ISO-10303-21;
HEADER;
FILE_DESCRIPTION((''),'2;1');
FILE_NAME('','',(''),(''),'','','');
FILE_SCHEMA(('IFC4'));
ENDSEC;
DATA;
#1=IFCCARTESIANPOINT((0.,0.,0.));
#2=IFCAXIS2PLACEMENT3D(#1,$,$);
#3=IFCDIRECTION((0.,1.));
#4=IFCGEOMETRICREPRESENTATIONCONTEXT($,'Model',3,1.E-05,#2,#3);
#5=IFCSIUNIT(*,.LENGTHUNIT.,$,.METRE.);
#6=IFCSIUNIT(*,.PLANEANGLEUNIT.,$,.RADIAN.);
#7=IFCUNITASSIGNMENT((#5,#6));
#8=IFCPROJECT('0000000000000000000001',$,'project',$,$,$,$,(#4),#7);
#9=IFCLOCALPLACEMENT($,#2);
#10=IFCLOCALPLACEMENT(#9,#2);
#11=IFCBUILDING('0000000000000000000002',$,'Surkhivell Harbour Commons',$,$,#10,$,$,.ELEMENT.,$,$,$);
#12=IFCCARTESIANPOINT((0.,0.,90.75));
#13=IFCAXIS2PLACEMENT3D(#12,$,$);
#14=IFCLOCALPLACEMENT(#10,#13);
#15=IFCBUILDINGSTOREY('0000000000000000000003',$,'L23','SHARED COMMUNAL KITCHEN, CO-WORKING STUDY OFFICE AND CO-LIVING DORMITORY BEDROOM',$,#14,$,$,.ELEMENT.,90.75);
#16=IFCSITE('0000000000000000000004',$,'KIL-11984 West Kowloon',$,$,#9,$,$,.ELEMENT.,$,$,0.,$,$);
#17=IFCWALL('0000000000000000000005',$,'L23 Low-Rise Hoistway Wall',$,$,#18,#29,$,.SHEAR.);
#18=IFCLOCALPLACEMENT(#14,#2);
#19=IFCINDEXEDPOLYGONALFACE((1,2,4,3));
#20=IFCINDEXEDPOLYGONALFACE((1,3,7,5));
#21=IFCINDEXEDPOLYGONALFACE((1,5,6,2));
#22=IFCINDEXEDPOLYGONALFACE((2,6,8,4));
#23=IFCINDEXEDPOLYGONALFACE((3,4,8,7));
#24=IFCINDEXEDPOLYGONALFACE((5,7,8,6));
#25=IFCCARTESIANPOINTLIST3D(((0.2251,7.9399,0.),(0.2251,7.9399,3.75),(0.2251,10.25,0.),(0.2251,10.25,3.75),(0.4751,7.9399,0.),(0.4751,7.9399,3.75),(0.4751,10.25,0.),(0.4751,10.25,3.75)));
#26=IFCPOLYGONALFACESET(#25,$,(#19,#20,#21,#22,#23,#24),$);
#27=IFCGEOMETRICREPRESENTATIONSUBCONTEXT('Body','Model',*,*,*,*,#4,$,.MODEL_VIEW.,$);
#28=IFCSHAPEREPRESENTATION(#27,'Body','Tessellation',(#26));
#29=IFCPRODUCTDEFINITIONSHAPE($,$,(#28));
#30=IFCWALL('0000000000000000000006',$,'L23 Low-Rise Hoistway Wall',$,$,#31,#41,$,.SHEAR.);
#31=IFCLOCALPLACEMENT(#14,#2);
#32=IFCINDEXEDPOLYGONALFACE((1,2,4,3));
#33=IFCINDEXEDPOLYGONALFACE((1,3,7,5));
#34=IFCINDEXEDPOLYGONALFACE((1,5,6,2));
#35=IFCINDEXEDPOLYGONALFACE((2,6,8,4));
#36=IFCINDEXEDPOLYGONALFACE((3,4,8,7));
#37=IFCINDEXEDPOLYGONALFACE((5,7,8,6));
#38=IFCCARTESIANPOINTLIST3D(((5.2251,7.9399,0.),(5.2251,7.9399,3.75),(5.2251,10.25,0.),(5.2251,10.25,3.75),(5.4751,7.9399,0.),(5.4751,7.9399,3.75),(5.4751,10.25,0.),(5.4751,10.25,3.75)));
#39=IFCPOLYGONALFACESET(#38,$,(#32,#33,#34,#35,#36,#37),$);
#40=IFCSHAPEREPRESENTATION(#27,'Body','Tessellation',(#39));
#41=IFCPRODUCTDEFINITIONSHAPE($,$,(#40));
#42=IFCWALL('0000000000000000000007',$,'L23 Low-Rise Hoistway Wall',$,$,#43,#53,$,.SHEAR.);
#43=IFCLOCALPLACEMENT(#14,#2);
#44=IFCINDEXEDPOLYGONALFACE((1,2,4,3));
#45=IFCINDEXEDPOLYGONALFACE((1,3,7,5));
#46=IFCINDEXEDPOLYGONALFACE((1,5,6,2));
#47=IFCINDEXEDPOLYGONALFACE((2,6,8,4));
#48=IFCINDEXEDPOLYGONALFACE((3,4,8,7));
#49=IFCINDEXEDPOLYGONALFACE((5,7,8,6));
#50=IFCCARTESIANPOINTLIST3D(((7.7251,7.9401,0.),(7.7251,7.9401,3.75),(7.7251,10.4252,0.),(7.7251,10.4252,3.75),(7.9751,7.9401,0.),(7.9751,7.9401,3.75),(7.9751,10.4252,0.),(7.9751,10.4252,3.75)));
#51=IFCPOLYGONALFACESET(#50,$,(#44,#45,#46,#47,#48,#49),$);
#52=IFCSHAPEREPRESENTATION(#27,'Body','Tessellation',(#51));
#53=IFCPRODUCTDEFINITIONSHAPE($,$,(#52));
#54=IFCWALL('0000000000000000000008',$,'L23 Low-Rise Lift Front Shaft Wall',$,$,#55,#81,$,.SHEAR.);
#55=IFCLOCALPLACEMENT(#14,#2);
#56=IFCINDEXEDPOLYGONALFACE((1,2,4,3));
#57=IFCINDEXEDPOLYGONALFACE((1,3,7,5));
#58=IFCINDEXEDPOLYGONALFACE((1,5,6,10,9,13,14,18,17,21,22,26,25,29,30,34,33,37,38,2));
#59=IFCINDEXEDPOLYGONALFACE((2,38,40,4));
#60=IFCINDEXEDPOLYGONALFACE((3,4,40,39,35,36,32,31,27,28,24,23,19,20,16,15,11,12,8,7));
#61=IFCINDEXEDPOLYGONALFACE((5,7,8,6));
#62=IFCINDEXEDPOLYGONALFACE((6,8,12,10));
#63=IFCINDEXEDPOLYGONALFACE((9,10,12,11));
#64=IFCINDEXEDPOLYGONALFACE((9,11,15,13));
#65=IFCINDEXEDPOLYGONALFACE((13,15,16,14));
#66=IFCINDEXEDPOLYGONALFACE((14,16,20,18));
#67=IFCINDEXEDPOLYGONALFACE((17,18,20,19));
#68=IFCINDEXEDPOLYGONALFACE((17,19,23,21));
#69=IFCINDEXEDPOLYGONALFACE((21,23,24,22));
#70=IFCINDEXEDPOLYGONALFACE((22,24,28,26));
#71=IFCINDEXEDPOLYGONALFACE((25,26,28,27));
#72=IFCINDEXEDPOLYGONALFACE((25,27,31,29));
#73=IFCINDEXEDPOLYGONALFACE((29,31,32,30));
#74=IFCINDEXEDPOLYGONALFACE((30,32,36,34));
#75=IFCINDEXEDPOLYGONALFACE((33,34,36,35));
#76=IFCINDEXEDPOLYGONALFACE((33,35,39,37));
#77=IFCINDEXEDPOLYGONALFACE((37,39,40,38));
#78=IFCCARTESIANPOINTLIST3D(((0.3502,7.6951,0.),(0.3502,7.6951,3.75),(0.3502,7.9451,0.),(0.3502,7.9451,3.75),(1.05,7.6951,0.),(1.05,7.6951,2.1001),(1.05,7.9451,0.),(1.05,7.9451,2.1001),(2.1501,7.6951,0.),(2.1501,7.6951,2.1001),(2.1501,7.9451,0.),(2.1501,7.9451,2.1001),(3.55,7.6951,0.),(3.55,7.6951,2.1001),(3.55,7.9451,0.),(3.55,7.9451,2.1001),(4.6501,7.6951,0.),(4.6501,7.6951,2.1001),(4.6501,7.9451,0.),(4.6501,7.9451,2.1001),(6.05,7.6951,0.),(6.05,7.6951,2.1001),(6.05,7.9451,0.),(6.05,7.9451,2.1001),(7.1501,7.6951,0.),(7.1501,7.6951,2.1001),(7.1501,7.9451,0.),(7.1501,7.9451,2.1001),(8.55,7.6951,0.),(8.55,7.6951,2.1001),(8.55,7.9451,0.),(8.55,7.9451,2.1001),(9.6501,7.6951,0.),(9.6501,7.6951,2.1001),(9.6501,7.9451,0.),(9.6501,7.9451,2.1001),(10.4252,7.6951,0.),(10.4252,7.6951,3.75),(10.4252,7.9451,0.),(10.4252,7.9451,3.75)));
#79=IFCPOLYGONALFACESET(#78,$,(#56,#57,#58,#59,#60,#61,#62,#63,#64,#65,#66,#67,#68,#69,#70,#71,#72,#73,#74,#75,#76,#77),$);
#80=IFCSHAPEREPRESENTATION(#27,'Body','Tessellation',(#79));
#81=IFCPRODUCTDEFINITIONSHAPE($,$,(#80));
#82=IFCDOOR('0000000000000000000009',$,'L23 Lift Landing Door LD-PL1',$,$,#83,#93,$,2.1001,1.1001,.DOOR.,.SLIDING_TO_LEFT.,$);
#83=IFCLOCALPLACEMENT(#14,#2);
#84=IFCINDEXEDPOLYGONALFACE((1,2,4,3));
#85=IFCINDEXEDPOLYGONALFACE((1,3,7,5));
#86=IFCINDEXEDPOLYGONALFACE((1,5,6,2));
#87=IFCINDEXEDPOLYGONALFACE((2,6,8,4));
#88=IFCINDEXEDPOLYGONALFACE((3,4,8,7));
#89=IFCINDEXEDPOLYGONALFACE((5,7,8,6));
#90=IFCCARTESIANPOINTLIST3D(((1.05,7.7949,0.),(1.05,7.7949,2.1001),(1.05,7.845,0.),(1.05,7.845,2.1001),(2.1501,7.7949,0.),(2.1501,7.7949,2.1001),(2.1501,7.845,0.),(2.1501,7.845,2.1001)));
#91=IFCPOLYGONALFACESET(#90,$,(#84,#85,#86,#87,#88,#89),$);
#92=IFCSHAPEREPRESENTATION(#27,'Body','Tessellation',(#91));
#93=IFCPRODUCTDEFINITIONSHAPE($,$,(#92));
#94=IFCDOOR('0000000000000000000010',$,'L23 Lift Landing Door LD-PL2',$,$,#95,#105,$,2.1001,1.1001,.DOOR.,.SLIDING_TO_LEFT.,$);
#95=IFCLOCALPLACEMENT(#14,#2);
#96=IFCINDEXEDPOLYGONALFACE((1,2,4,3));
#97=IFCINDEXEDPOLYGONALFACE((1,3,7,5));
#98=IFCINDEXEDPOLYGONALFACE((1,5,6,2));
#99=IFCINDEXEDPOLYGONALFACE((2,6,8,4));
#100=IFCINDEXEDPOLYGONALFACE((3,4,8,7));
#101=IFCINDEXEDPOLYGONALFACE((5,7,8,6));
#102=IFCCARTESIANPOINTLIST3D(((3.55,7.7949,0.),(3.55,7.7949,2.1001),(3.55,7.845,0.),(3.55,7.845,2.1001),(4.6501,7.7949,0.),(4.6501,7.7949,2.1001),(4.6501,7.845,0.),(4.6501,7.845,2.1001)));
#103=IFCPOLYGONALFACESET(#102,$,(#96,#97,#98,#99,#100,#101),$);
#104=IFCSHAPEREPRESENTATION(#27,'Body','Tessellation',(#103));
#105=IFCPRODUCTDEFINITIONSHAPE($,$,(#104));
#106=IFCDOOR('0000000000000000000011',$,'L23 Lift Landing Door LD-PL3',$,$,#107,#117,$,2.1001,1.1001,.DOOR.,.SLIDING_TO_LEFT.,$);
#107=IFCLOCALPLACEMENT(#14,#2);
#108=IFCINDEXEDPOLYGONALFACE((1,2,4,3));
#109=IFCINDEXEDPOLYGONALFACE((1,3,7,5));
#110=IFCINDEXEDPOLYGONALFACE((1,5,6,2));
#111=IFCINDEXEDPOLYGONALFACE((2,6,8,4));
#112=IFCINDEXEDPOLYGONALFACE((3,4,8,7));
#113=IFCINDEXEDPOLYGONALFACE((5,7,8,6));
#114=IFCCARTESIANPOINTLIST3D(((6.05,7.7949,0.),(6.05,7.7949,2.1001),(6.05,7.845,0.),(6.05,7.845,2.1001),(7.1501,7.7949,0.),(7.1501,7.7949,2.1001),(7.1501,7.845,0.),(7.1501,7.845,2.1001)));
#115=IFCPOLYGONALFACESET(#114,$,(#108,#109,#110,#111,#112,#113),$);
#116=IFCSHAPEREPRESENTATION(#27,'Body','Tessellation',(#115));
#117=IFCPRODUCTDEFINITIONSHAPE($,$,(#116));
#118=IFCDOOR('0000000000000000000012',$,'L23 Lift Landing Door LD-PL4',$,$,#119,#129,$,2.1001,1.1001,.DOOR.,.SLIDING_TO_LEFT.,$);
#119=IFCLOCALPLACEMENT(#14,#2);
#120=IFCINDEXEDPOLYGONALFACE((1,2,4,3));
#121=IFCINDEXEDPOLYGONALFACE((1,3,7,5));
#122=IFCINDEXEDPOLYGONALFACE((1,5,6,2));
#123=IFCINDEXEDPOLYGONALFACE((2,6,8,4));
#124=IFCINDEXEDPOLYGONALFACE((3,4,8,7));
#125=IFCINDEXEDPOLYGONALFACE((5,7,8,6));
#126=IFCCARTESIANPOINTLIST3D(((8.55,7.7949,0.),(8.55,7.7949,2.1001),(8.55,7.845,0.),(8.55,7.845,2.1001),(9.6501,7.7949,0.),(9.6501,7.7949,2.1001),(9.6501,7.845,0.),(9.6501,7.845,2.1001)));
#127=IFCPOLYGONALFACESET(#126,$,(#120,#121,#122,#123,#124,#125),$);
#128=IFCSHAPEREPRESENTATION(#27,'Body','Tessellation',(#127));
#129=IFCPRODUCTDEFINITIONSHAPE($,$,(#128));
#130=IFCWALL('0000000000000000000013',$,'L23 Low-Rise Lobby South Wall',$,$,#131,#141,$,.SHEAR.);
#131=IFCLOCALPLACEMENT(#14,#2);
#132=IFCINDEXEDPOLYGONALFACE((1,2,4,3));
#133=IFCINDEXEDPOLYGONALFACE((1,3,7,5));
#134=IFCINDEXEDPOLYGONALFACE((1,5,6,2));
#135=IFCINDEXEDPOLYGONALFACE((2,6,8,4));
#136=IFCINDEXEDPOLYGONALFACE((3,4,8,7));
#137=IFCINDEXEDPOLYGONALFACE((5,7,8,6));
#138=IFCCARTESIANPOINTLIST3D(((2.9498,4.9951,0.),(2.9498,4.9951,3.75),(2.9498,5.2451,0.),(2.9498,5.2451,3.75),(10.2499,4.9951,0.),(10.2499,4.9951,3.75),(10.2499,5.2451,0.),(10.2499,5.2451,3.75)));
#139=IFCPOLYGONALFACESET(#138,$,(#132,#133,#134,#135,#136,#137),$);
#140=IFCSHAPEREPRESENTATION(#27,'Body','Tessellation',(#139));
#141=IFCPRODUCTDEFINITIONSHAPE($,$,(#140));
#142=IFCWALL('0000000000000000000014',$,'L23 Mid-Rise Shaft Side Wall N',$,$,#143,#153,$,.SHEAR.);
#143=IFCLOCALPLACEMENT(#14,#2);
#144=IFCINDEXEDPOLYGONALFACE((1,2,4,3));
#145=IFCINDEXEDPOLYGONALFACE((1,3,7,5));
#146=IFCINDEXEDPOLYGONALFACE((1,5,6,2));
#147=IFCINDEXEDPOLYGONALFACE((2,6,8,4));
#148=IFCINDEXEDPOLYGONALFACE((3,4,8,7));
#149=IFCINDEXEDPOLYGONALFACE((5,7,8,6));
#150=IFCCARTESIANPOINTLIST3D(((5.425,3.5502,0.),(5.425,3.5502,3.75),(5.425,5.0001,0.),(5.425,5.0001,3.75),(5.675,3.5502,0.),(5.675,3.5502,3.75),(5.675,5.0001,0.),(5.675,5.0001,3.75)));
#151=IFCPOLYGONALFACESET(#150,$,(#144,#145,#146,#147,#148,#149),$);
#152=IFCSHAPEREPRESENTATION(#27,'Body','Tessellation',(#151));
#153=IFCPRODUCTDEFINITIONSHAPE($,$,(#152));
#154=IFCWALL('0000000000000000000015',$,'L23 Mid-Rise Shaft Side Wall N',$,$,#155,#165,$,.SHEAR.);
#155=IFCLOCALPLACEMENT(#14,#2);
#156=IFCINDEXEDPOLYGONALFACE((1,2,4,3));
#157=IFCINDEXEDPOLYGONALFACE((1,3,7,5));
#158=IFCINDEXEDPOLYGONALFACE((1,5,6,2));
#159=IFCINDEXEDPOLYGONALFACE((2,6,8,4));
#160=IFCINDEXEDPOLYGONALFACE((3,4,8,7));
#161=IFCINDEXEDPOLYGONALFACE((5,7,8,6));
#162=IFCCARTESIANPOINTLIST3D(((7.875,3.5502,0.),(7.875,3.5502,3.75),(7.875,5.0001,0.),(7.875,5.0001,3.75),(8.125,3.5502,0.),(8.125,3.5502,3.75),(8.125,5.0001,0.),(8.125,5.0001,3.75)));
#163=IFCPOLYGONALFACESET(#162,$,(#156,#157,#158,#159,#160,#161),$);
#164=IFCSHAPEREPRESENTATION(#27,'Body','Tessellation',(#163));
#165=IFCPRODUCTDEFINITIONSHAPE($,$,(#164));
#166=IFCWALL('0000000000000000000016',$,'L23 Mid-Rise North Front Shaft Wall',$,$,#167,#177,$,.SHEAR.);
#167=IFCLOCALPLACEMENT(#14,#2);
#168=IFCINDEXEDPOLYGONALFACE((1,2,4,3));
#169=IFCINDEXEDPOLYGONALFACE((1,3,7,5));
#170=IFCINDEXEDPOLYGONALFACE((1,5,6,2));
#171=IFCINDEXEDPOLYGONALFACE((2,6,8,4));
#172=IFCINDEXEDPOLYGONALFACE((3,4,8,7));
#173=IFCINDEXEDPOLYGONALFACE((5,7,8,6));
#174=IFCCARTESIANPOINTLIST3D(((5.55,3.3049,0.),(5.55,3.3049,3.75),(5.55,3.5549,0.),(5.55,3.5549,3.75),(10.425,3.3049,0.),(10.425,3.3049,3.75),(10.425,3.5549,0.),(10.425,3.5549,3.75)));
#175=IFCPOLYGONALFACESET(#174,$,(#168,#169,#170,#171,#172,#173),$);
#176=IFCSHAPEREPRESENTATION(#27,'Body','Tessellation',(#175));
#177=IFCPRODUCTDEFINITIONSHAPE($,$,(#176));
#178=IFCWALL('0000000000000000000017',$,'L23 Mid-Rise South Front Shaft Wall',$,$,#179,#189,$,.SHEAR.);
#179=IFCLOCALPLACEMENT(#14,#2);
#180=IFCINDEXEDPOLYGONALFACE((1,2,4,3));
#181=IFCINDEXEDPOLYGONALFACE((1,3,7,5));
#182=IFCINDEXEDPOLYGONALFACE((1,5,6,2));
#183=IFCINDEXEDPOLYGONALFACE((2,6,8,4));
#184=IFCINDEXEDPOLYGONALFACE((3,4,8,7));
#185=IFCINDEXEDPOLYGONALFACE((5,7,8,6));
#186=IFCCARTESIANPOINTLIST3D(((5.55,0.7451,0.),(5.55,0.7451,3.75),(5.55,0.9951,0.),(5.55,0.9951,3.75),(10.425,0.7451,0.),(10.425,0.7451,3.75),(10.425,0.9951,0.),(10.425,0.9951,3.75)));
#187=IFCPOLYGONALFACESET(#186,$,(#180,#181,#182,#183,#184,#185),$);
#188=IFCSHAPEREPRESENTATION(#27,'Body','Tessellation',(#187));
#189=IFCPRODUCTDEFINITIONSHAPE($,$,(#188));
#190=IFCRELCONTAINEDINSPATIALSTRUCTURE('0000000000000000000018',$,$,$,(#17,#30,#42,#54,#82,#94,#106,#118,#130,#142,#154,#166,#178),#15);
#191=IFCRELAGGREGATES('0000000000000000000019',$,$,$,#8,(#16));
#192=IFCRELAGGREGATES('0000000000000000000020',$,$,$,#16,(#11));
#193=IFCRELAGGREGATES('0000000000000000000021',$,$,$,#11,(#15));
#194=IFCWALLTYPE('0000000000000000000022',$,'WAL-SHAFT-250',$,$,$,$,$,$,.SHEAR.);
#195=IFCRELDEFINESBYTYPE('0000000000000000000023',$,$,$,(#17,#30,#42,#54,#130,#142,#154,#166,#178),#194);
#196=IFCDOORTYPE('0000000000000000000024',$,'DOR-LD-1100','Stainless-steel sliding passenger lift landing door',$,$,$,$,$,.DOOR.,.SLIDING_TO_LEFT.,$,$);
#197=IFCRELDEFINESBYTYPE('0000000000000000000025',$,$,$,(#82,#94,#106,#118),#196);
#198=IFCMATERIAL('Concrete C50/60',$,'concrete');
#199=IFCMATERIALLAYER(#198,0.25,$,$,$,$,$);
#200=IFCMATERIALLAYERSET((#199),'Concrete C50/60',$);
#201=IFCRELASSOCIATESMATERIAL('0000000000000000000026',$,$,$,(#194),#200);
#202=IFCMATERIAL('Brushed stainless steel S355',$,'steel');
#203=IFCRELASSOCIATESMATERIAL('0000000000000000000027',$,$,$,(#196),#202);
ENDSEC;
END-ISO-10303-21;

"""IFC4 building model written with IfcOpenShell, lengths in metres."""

from ifc_helpers import new_model, si_unit, direction, frame, frame_2d, origin, place, context, subcontext, project, spatial, rectangle, extrude, material, layer, layer_set, type_object, element, fill, save


model = new_model("IFC4")

# Units and contexts
model_context = context("Model", 3, precision=1e-05, world=origin(), true_north=direction((0.0, 1.0)))
body_context = subcontext(model_context, "Body", "Model", "MODEL_VIEW")
ifc_project = project(units=[si_unit("LENGTHUNIT", "METRE"), si_unit("PLANEANGLEUNIT", "RADIAN")], contexts=[model_context])

# Site, building, storey
site_placement = place(None, origin())
site = spatial("IfcSite", under=ifc_project, at=site_placement, Name="KIL-11984 West Kowloon", CompositionType="ELEMENT", RefElevation=0.0)
building_placement = place(site_placement, origin())
building = spatial("IfcBuilding", under=site, at=building_placement, Name="Surkhivell Harbour Commons", CompositionType="ELEMENT")
storey_placement = place(building_placement, frame((0.0, 0.0, 90.75)))
storey = spatial("IfcBuildingStorey", under=building, at=storey_placement, Name="L23", Description="SHARED COMMUNAL KITCHEN, CO-WORKING STUDY OFFICE AND CO-LIVING DORMITORY BEDROOM", CompositionType="ELEMENT", Elevation=90.75)

# Walls
ifc_material_1 = material(Name="Concrete C50/60", Category="concrete")
ifc_layer_1 = layer(ifc_material_1, 0.25)
ifc_layer_set_1 = layer_set([ifc_layer_1], Name="Concrete C50/60")
wall_type_1 = type_object("IfcWallType", Name="WAL-SHAFT-250", PredefinedType="SHEAR", material=ifc_layer_set_1)
for number, where, z_axis, x_axis, name in (
    (1, (0.3501, 7.9399, 0.0), (0.0, 0.0, 1.0), (0.0, 1.0, 0.0), "L23 Low-Rise Hoistway Wall"),
    (2, (5.3501, 7.9399, 0.0), (0.0, 0.0, 1.0), (0.0, 1.0, 0.0), "L23 Low-Rise Hoistway Wall"),
):
    element("IfcWall", number, at=place(storey_placement, frame(where, z_axis=z_axis, x_axis=x_axis)), inside=storey, type_object=wall_type_1, Name=name, PredefinedType="SHEAR", context=body_context, shape_type="SweptSolid", body=[
        extrude(rectangle(XDim=2.3101, YDim=0.25, at=frame_2d((1.155, 0.0))), origin(), (0.0, 0.0, 1.0), 3.75),
    ])
wall_1_placement = place(storey_placement, frame((7.8501, 7.9399, 0.0), z_axis=(0.0, 0.0, 1.0), x_axis=(0.0, 1.0, 0.0)))
element("IfcWall", 3, at=wall_1_placement, inside=storey, type_object=wall_type_1, Name="L23 Low-Rise Hoistway Wall", PredefinedType="SHEAR", context=body_context, shape_type="SweptSolid", body=[
    extrude(rectangle(XDim=2.4851, YDim=0.25, at=frame_2d((1.2427, 0.0))), origin(), (0.0, 0.0, 1.0), 3.75),
])

# Wall, openings, doors
wall_2_placement = place(storey_placement, frame((0.3501, 7.8201, 0.0), z_axis=(0.0, 0.0, 1.0), x_axis=(1.0, 0.0, 0.0)))
wall_2 = element("IfcWall", 4, at=wall_2_placement, inside=storey, type_object=wall_type_1, Name="L23 Low-Rise Lift Front Shaft Wall", PredefinedType="SHEAR", context=body_context, shape_type="SweptSolid", body=[
    extrude(rectangle(XDim=10.075, YDim=0.25, at=frame_2d((5.0376, 0.0))), origin(), (0.0, 0.0, 1.0), 3.75),
])
opening_1_placement = place(wall_2_placement, frame((0.7, 0.0, 0.0)))
opening_1 = element("IfcOpeningElement", 5, at=opening_1_placement, cuts=wall_2, PredefinedType="OPENING", context=body_context, shape_type="SweptSolid", body=[
    extrude(rectangle(XDim=1.1001, YDim=2.1001, at=frame_2d((0.55, 1.05))), frame((0.0, 0.135, 0.0), z_axis=(0.0, -1.0, 0.0), x_axis=(1.0, 0.0, 0.0)), (0.0, 0.0, 1.0), 0.27),
])
opening_2_placement = place(wall_2_placement, frame((3.2, 0.0, 0.0)))
opening_2 = element("IfcOpeningElement", 6, at=opening_2_placement, cuts=wall_2, PredefinedType="OPENING", context=body_context, shape_type="SweptSolid", body=[
    extrude(rectangle(XDim=1.1001, YDim=2.1001, at=frame_2d((0.55, 1.05))), frame((0.0, 0.135, 0.0), z_axis=(0.0, -1.0, 0.0), x_axis=(1.0, 0.0, 0.0)), (0.0, 0.0, 1.0), 0.27),
])
opening_3_placement = place(wall_2_placement, frame((5.7, 0.0, 0.0)))
opening_3 = element("IfcOpeningElement", 7, at=opening_3_placement, cuts=wall_2, PredefinedType="OPENING", context=body_context, shape_type="SweptSolid", body=[
    extrude(rectangle(XDim=1.1001, YDim=2.1001, at=frame_2d((0.55, 1.05))), frame((0.0, 0.135, 0.0), z_axis=(0.0, -1.0, 0.0), x_axis=(1.0, 0.0, 0.0)), (0.0, 0.0, 1.0), 0.27),
])
opening_4_placement = place(wall_2_placement, frame((8.2, 0.0, 0.0)))
opening_4 = element("IfcOpeningElement", 8, at=opening_4_placement, cuts=wall_2, PredefinedType="OPENING", context=body_context, shape_type="SweptSolid", body=[
    extrude(rectangle(XDim=1.1001, YDim=2.1001, at=frame_2d((0.55, 1.05))), frame((0.0, 0.135, 0.0), z_axis=(0.0, -1.0, 0.0), x_axis=(1.0, 0.0, 0.0)), (0.0, 0.0, 1.0), 0.27),
])
ifc_material_2 = material(Name="Brushed stainless steel S355", Category="steel")
door_type_1 = type_object("IfcDoorType", Name="DOR-LD-1100", Description="Stainless-steel sliding passenger lift landing door", OperationType="SLIDING_TO_LEFT", PredefinedType="DOOR", material=ifc_material_2)
door_1_placement = place(opening_1_placement, origin())
door_1 = element("IfcDoor", 9, at=door_1_placement, inside=storey, type_object=door_type_1, Name="L23 Lift Landing Door LD-PL1", OperationType="SLIDING_TO_LEFT", OverallHeight=2.1001, OverallWidth=1.1001, PredefinedType="DOOR", context=body_context, shape_type="SweptSolid", body=[
    extrude(rectangle(XDim=1.1001, YDim=2.1001, at=frame_2d((0.55, 1.05))), frame((0.0, 0.0249, 0.0), z_axis=(0.0, -1.0, 0.0), x_axis=(1.0, 0.0, 0.0)), (0.0, 0.0, 1.0), 0.05),
])
fill(opening_1, door_1)
door_2_placement = place(opening_2_placement, origin())
door_2 = element("IfcDoor", 10, at=door_2_placement, inside=storey, type_object=door_type_1, Name="L23 Lift Landing Door LD-PL2", OperationType="SLIDING_TO_LEFT", OverallHeight=2.1001, OverallWidth=1.1001, PredefinedType="DOOR", context=body_context, shape_type="SweptSolid", body=[
    extrude(rectangle(XDim=1.1001, YDim=2.1001, at=frame_2d((0.55, 1.05))), frame((0.0, 0.0249, 0.0), z_axis=(0.0, -1.0, 0.0), x_axis=(1.0, 0.0, 0.0)), (0.0, 0.0, 1.0), 0.05),
])
fill(opening_2, door_2)
door_3_placement = place(opening_3_placement, origin())
door_3 = element("IfcDoor", 11, at=door_3_placement, inside=storey, type_object=door_type_1, Name="L23 Lift Landing Door LD-PL3", OperationType="SLIDING_TO_LEFT", OverallHeight=2.1001, OverallWidth=1.1001, PredefinedType="DOOR", context=body_context, shape_type="SweptSolid", body=[
    extrude(rectangle(XDim=1.1001, YDim=2.1001, at=frame_2d((0.55, 1.05))), frame((0.0, 0.0249, 0.0), z_axis=(0.0, -1.0, 0.0), x_axis=(1.0, 0.0, 0.0)), (0.0, 0.0, 1.0), 0.05),
])
fill(opening_3, door_3)
door_4_placement = place(opening_4_placement, origin())
door_4 = element("IfcDoor", 12, at=door_4_placement, inside=storey, type_object=door_type_1, Name="L23 Lift Landing Door LD-PL4", OperationType="SLIDING_TO_LEFT", OverallHeight=2.1001, OverallWidth=1.1001, PredefinedType="DOOR", context=body_context, shape_type="SweptSolid", body=[
    extrude(rectangle(XDim=1.1001, YDim=2.1001, at=frame_2d((0.55, 1.05))), frame((0.0, 0.0249, 0.0), z_axis=(0.0, -1.0, 0.0), x_axis=(1.0, 0.0, 0.0)), (0.0, 0.0, 1.0), 0.05),
])
fill(opening_4, door_4)

# Walls
wall_3_placement = place(storey_placement, frame((2.95, 5.1201, 0.0), z_axis=(0.0, 0.0, 1.0), x_axis=(1.0, 0.0, 0.0)))
element("IfcWall", 13, at=wall_3_placement, inside=storey, type_object=wall_type_1, Name="L23 Low-Rise Lobby South Wall", PredefinedType="SHEAR", context=body_context, shape_type="SweptSolid", body=[
    extrude(rectangle(XDim=7.3, YDim=0.25, at=frame_2d((3.6499, 0.0))), origin(), (0.0, 0.0, 1.0), 3.75),
])
for number, where, z_axis, x_axis, name in (
    (14, (5.55, 3.55, 0.0), (0.0, 0.0, 1.0), (0.0, 1.0, 0.0), "L23 Mid-Rise Shaft Side Wall N"),
    (15, (8.0, 3.55, 0.0), (0.0, 0.0, 1.0), (0.0, 1.0, 0.0), "L23 Mid-Rise Shaft Side Wall N"),
):
    element("IfcWall", number, at=place(storey_placement, frame(where, z_axis=z_axis, x_axis=x_axis)), inside=storey, type_object=wall_type_1, Name=name, PredefinedType="SHEAR", context=body_context, shape_type="SweptSolid", body=[
        extrude(rectangle(XDim=1.45, YDim=0.25, at=frame_2d((0.7251, 0.0))), origin(), (0.0, 0.0, 1.0), 3.75),
    ])
for number, where, z_axis, x_axis, name in (
    (16, (5.55, 3.4299, 0.0), (0.0, 0.0, 1.0), (1.0, 0.0, 0.0), "L23 Mid-Rise North Front Shaft Wall"),
    (17, (5.55, 0.8701, 0.0), (0.0, 0.0, 1.0), (1.0, 0.0, 0.0), "L23 Mid-Rise South Front Shaft Wall"),
):
    element("IfcWall", number, at=place(storey_placement, frame(where, z_axis=z_axis, x_axis=x_axis)), inside=storey, type_object=wall_type_1, Name=name, PredefinedType="SHEAR", context=body_context, shape_type="SweptSolid", body=[
        extrude(rectangle(XDim=4.875, YDim=0.25, at=frame_2d((2.4375, 0.0))), origin(), (0.0, 0.0, 1.0), 3.75),
    ])

save(model, "model.ifc")
